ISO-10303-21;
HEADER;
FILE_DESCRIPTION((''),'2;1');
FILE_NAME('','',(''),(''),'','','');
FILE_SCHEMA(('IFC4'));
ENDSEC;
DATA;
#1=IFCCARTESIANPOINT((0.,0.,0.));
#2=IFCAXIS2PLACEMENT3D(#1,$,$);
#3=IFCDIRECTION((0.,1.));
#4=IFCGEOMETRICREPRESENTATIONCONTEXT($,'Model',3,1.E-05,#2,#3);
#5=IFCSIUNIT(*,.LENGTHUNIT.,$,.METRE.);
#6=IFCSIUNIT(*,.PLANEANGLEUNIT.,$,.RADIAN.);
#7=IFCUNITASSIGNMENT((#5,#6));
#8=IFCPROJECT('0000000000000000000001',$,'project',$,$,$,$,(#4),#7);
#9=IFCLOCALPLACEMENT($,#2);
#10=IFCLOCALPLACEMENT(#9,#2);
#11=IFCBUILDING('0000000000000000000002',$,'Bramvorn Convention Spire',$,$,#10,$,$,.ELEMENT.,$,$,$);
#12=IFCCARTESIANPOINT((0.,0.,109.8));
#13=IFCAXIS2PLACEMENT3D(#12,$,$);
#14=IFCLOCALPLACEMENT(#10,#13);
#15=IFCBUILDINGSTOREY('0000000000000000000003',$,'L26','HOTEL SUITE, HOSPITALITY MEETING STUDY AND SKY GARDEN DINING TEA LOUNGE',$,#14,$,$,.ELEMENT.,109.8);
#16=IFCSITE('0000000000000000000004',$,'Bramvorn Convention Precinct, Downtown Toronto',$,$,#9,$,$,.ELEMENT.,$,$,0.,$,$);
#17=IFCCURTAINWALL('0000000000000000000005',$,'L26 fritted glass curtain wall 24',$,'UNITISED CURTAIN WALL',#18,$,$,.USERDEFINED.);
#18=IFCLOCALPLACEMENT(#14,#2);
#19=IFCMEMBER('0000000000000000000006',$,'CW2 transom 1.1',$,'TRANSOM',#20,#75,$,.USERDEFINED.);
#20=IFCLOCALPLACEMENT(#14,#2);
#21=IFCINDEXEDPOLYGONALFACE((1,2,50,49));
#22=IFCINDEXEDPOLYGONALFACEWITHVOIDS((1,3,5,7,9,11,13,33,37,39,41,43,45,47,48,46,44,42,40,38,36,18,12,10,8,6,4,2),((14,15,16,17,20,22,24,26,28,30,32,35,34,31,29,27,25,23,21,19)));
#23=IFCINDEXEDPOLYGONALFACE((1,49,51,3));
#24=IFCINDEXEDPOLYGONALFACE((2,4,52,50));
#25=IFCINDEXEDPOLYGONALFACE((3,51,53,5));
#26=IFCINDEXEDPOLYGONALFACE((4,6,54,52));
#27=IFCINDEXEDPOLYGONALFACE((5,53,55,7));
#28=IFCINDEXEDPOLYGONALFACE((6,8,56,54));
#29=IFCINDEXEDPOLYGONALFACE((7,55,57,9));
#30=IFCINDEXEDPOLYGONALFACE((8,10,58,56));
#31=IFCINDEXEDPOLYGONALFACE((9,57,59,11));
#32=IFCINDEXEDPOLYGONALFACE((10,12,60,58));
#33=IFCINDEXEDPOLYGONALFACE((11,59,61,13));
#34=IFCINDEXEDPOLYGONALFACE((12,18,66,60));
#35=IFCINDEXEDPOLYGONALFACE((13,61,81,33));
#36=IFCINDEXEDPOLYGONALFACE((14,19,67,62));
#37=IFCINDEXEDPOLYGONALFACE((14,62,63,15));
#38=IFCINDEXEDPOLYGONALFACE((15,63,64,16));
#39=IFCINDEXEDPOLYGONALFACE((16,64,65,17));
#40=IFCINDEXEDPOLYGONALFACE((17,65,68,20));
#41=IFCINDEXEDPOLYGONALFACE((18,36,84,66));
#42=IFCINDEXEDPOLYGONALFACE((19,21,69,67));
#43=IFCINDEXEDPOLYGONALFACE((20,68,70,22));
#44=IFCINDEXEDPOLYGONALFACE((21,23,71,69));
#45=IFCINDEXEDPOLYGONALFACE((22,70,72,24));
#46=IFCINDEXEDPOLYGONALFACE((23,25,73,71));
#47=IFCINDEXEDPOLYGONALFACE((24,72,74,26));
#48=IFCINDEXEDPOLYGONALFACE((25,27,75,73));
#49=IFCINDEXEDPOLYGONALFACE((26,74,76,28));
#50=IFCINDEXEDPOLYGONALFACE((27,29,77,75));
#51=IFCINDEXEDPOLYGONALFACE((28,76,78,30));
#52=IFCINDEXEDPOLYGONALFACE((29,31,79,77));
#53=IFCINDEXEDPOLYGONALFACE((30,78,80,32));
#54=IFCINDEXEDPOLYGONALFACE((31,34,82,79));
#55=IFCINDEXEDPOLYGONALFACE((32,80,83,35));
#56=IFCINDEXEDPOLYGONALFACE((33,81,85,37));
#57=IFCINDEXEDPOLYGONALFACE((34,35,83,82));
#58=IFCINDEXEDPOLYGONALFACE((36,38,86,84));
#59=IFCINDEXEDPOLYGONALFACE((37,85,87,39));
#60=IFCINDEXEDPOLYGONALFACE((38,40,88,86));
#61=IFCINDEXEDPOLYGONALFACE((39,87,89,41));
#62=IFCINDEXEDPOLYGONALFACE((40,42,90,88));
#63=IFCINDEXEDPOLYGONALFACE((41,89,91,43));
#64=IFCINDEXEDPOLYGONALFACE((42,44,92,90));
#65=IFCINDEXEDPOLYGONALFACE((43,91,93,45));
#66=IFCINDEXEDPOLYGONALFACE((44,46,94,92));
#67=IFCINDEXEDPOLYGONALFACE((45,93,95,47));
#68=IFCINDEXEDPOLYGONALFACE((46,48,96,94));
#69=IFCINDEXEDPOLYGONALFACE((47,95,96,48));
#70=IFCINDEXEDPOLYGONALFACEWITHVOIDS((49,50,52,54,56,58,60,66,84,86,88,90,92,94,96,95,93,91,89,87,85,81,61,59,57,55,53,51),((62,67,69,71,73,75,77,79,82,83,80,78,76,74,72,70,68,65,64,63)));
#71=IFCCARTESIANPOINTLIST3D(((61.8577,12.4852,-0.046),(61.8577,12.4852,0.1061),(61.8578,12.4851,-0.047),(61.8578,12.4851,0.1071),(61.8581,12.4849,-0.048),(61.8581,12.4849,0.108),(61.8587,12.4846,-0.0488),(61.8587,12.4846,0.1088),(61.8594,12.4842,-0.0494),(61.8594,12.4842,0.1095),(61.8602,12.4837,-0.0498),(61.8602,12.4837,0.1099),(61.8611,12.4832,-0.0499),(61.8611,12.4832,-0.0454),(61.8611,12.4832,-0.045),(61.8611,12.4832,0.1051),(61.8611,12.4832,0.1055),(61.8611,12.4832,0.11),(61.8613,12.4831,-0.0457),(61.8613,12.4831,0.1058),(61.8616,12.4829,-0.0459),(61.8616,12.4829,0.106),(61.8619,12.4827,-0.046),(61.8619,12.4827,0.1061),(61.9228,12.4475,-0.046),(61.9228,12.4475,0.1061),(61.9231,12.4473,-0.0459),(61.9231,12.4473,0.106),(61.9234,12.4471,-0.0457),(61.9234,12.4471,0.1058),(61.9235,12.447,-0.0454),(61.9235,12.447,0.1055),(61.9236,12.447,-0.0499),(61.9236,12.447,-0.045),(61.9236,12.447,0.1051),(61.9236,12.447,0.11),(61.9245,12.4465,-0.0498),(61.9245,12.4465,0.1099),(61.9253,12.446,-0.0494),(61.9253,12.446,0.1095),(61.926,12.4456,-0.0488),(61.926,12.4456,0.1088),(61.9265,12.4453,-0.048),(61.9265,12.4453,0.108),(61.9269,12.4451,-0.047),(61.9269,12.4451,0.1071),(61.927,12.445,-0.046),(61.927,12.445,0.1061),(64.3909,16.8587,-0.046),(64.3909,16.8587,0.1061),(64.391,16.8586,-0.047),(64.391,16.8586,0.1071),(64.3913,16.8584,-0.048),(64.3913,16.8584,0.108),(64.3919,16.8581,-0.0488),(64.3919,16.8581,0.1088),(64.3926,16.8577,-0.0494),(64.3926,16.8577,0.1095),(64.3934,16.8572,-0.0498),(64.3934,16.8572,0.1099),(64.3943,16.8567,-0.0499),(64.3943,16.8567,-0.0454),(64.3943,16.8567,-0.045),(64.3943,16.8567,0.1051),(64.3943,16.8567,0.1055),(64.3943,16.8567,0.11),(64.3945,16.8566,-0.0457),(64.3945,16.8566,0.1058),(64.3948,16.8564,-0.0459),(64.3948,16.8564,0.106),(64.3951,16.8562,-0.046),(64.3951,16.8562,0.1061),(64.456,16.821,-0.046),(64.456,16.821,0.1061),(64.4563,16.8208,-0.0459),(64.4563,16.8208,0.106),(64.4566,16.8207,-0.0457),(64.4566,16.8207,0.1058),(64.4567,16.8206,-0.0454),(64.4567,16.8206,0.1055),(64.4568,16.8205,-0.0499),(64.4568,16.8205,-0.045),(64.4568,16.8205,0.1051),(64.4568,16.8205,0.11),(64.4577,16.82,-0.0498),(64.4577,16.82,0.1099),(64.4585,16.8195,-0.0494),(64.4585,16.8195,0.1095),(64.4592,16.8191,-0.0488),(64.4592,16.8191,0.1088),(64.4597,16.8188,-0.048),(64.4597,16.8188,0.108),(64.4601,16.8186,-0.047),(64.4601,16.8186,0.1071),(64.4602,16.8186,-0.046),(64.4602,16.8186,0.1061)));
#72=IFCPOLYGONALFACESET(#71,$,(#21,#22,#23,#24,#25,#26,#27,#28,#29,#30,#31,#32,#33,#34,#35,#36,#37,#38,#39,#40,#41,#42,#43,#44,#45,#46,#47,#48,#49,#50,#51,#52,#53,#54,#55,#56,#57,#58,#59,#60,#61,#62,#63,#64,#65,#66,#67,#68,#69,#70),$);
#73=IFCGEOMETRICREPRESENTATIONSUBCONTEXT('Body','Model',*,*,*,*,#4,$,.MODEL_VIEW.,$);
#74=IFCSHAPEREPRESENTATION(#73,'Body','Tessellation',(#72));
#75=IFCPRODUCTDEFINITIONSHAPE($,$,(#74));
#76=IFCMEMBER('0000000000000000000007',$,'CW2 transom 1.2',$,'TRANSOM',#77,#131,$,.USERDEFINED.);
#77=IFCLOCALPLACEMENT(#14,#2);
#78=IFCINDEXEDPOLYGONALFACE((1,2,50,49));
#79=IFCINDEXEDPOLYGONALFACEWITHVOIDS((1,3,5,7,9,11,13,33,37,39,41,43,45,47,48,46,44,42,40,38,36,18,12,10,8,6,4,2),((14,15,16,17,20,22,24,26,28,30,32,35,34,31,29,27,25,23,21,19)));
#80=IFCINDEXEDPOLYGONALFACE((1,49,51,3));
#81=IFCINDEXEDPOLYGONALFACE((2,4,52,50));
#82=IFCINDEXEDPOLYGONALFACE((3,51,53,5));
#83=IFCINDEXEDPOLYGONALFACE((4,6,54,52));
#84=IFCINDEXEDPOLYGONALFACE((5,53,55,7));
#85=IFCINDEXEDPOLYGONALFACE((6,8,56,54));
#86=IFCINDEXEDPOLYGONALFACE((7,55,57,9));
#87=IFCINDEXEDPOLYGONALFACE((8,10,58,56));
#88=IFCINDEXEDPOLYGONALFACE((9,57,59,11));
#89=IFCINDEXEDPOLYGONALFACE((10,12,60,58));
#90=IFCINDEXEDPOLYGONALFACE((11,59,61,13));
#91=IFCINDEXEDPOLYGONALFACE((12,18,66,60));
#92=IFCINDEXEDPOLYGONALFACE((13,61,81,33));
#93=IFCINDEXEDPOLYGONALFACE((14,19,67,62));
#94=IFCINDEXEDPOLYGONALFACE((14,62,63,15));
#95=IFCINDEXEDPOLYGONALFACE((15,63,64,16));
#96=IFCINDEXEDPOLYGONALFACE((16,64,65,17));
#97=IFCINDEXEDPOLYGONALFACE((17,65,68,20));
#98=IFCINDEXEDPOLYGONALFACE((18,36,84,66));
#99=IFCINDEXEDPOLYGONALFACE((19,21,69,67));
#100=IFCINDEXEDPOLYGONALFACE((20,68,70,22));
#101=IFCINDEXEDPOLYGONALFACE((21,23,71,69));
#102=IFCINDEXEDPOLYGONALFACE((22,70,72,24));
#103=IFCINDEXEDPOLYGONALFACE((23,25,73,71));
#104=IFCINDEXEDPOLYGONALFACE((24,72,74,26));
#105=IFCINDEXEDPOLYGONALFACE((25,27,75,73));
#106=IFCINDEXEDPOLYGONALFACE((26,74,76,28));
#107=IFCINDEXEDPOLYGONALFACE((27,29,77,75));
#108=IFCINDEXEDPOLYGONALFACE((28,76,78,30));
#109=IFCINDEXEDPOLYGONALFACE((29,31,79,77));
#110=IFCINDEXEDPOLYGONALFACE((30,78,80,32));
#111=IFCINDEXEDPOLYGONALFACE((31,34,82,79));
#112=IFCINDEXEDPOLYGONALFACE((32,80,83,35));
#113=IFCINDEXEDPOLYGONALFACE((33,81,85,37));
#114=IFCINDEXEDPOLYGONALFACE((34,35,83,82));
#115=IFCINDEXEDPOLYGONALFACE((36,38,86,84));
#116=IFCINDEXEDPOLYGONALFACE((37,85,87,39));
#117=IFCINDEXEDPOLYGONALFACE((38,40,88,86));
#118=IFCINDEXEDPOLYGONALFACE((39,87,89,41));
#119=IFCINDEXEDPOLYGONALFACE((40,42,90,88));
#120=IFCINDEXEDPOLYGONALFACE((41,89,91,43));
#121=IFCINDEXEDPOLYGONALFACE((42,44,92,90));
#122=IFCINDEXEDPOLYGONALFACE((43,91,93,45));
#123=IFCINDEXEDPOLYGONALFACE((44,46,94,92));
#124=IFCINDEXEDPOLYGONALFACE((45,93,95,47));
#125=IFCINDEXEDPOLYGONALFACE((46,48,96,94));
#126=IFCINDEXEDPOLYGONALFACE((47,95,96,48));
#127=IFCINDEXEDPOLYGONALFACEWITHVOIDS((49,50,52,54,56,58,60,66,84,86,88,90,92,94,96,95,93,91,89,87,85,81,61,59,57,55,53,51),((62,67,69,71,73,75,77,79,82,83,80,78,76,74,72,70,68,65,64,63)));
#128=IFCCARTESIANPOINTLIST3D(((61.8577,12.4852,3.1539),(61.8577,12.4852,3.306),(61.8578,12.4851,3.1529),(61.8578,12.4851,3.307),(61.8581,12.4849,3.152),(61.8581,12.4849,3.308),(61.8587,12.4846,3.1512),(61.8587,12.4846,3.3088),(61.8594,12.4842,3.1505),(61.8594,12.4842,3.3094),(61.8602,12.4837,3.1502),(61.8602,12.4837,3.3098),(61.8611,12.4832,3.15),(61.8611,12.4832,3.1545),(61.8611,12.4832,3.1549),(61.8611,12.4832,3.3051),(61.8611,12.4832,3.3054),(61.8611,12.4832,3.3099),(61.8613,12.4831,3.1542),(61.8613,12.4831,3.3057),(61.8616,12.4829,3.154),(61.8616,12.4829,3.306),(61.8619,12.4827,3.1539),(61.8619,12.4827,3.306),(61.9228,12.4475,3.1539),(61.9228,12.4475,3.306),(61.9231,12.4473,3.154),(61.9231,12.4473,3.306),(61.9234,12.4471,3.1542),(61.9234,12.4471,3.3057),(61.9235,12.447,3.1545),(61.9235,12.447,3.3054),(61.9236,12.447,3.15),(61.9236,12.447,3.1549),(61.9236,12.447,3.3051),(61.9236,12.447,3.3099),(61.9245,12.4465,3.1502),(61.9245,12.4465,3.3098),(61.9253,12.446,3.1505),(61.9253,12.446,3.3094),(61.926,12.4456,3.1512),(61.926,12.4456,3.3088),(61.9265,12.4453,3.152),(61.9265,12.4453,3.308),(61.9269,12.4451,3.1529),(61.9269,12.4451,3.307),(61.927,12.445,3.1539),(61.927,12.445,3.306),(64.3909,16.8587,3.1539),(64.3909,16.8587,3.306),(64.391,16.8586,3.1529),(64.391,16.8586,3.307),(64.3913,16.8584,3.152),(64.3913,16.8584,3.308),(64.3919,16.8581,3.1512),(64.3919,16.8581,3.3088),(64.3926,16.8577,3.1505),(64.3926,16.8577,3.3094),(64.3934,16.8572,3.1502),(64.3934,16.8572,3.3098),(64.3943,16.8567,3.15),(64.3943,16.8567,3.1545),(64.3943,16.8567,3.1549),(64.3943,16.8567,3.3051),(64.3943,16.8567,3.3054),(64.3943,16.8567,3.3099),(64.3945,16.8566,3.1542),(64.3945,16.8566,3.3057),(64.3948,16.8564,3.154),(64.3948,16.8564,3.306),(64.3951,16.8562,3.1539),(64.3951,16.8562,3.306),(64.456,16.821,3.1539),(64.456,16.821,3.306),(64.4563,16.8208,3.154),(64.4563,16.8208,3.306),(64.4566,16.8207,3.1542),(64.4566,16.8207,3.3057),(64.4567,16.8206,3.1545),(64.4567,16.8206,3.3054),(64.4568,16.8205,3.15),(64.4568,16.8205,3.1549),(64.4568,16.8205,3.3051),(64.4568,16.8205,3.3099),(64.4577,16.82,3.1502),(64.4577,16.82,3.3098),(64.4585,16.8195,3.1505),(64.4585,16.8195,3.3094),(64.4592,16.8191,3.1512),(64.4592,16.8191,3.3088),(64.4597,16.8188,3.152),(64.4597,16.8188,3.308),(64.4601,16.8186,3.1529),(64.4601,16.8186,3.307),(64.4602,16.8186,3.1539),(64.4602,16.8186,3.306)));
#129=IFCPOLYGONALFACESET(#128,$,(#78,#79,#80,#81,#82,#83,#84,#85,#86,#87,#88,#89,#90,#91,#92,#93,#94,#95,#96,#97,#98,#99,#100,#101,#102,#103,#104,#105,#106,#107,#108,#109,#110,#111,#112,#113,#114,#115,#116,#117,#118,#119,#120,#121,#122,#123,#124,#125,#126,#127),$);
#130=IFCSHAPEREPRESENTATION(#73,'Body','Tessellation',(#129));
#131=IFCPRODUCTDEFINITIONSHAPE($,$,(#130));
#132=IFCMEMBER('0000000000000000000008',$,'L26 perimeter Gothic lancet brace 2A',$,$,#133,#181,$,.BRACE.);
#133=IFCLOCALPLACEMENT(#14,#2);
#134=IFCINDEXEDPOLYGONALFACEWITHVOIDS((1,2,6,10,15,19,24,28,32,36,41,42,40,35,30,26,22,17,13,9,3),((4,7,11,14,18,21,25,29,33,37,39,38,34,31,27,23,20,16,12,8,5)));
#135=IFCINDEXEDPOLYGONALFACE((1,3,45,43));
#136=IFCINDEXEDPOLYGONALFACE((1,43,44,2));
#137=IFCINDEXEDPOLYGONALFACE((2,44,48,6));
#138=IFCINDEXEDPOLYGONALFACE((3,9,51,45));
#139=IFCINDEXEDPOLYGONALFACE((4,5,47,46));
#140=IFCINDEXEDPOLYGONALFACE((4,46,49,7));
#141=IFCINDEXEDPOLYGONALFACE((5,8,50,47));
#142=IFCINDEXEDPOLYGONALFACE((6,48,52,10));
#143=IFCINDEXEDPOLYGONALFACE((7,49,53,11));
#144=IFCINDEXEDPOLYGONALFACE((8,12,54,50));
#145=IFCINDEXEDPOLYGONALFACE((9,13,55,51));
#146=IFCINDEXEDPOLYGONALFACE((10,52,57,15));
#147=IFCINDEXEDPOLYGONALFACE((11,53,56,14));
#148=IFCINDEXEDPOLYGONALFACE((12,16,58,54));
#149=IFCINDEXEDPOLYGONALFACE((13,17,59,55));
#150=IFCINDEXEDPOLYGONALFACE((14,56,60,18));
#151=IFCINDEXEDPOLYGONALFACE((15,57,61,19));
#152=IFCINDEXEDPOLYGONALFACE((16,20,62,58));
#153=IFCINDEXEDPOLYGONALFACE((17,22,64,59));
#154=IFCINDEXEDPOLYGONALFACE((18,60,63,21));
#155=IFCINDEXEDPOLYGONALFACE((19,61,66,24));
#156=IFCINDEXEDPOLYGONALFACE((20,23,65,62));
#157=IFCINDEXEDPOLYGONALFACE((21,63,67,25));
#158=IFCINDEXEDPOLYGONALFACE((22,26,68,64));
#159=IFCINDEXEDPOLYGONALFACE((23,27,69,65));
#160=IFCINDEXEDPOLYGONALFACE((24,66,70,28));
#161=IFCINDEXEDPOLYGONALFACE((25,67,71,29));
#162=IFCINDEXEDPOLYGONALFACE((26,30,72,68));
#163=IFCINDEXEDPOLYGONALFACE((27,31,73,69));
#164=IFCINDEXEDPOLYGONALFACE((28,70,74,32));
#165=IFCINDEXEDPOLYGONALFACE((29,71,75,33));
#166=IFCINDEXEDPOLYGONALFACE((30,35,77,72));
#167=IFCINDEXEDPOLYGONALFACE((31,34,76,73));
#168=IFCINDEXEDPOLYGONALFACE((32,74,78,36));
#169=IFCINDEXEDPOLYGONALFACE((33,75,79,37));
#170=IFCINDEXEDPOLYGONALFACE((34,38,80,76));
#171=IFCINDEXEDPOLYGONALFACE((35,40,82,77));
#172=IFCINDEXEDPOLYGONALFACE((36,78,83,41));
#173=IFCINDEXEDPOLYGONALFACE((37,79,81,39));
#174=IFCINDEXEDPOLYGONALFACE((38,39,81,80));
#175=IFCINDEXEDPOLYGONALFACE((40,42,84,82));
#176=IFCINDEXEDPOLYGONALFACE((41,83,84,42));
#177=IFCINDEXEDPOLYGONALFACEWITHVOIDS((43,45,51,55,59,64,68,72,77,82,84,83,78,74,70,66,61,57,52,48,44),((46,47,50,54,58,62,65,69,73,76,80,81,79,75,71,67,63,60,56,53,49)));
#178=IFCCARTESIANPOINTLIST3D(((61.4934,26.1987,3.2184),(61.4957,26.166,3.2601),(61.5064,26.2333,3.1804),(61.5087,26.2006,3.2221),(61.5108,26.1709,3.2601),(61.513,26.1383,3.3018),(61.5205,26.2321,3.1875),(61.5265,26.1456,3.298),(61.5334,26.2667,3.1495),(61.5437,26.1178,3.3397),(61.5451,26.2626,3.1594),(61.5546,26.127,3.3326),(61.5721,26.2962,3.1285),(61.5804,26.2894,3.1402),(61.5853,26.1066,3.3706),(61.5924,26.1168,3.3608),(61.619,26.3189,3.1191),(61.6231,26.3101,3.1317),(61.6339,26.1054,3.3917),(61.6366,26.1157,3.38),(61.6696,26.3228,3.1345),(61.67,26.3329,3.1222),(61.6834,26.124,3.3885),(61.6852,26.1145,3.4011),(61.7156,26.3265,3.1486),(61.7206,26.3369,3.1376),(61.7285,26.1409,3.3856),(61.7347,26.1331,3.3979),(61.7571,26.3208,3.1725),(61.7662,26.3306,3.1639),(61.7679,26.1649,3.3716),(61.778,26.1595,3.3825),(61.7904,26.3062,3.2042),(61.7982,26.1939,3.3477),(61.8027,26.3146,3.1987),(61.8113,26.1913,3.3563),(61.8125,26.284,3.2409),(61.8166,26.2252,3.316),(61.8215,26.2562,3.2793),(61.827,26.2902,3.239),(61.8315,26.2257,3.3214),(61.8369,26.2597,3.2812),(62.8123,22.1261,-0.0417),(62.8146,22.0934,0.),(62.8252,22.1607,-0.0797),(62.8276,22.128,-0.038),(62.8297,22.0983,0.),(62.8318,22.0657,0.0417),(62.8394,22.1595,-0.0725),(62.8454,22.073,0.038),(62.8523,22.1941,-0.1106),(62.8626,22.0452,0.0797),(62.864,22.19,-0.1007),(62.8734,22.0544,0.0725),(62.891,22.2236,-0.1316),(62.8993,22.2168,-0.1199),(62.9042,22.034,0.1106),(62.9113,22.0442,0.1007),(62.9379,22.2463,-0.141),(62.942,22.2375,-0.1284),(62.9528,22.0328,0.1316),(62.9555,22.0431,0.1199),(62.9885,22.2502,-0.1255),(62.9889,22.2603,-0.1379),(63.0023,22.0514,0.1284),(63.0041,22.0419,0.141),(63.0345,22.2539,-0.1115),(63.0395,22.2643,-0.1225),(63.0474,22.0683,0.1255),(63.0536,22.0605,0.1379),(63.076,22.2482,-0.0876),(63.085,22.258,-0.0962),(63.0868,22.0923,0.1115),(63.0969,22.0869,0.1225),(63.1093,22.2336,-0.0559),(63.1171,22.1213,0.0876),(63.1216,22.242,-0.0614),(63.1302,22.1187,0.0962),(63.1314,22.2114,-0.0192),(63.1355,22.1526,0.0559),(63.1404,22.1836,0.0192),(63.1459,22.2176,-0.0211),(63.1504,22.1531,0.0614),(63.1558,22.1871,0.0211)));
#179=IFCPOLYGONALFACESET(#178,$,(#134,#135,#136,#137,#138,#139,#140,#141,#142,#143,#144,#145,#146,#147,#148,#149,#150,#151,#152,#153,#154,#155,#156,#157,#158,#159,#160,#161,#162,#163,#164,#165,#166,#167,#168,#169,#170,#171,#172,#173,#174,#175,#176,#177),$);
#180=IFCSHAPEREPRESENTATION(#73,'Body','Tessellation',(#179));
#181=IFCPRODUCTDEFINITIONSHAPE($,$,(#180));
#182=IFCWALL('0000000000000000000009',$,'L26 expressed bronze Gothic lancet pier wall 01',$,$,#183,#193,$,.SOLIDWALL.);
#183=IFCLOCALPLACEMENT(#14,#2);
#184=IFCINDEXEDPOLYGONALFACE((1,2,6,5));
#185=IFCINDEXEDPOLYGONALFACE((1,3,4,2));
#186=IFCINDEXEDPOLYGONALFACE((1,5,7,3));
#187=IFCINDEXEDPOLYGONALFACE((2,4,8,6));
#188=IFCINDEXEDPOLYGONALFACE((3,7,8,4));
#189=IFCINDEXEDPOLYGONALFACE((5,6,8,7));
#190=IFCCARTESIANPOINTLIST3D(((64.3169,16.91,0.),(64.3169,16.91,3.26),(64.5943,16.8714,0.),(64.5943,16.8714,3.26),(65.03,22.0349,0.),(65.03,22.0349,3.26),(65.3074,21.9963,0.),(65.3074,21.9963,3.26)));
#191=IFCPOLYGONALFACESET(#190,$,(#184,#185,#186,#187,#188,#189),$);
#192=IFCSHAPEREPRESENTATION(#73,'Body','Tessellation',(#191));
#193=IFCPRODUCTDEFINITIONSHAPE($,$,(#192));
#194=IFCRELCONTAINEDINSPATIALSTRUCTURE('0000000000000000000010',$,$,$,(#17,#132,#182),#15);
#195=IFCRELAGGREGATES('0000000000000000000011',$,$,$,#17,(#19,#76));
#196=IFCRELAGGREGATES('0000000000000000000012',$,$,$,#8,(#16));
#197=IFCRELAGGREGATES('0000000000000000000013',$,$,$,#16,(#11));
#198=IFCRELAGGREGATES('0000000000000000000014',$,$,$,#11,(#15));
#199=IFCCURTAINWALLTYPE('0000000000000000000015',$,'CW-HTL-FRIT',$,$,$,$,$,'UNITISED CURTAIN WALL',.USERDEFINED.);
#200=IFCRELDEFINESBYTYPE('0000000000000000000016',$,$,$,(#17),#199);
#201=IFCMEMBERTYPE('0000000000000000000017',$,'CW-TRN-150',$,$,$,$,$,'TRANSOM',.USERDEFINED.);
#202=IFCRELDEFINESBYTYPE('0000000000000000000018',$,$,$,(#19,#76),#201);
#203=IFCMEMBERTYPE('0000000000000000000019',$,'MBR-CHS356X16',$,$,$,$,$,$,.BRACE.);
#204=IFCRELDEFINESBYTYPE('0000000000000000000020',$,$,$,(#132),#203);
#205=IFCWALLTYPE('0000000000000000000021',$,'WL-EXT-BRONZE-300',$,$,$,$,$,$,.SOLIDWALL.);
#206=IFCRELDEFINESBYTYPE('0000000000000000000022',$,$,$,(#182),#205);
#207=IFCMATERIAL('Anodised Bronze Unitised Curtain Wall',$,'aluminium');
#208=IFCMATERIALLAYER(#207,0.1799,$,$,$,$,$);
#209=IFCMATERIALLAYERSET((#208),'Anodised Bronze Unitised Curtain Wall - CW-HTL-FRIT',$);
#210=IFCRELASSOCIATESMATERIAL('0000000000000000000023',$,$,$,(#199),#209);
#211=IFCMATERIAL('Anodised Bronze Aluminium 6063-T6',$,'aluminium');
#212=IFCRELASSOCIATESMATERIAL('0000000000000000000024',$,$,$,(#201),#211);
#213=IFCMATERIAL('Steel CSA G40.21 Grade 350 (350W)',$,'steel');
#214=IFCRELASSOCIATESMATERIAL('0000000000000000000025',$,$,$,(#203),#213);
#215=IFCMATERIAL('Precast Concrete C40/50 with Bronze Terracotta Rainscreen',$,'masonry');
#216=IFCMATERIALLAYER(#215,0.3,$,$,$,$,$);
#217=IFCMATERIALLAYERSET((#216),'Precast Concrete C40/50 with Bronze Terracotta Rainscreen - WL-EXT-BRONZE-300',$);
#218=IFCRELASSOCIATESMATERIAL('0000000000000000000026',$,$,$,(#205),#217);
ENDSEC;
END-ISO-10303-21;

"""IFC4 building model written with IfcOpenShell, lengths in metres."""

from ifc_helpers import new_model, si_unit, direction, frame, frame_2d, origin, origin_2d, place, context, subcontext, project, spatial, rectangle, hollow_rectangle, hollow_circle, extrude, material, layer, layer_set, material_profile, profile_set, type_object, element, aggregate, save


model = new_model("IFC4")

# Units and contexts
model_context = context("Model", 3, precision=1e-05, world=origin(), true_north=direction((0.0, 1.0)))
body_context = subcontext(model_context, "Body", "Model", "MODEL_VIEW")
ifc_project = project(units=[si_unit("LENGTHUNIT", "METRE"), si_unit("PLANEANGLEUNIT", "RADIAN")], contexts=[model_context])

# Site, building, storey
site_placement = place(None, origin())
site = spatial("IfcSite", under=ifc_project, at=site_placement, Name="Bramvorn Convention Precinct, Downtown Toronto", CompositionType="ELEMENT", RefElevation=0.0)
building_placement = place(site_placement, origin())
building = spatial("IfcBuilding", under=site, at=building_placement, Name="Bramvorn Convention Spire", CompositionType="ELEMENT")
storey_placement = place(building_placement, frame((0.0, 0.0, 109.8)))
storey = spatial("IfcBuildingStorey", under=building, at=storey_placement, Name="L26", Description="HOTEL SUITE, HOSPITALITY MEETING STUDY AND SKY GARDEN DINING TEA LOUNGE", CompositionType="ELEMENT", Elevation=109.8)

# Shared definitions
ifc_material_1 = material(Name="Steel CSA G40.21 Grade 350 (350W)", Category="steel")

# Curtain wall, members
ifc_material_2 = material(Name="Anodised Bronze Unitised Curtain Wall", Category="aluminium")
ifc_layer_1 = layer(ifc_material_2, 0.1799)
ifc_layer_set_1 = layer_set([ifc_layer_1], Name="Anodised Bronze Unitised Curtain Wall - CW-HTL-FRIT")
curtain_wall_type = type_object("IfcCurtainWallType", Name="CW-HTL-FRIT", ElementType="UNITISED CURTAIN WALL", PredefinedType="USERDEFINED", material=ifc_layer_set_1)
curtain_wall_placement = place(storey_placement, origin())
curtain_wall = element("IfcCurtainWall", 1, at=curtain_wall_placement, inside=storey, type_object=curtain_wall_type, Name="L26 fritted glass curtain wall 24", ObjectType="UNITISED CURTAIN WALL", PredefinedType="USERDEFINED")
ifc_material_3 = material(Name="Anodised Bronze Aluminium 6063-T6", Category="aluminium")
ifc_material_profile_1 = material_profile(ifc_material_3, hollow_rectangle(XDim=0.0801, YDim=0.1599, WallThickness=0.0039, InnerFilletRadius=0.001, OuterFilletRadius=0.0039, at=origin_2d()))
ifc_profile_set_1 = profile_set([ifc_material_profile_1], Name="Anodised Bronze Aluminium 6063-T6 - CWT80X160")
member_type_1 = type_object("IfcMemberType", Name="CW-TRN-150", ElementType="TRANSOM", PredefinedType="USERDEFINED", material=ifc_profile_set_1)
member_1_placement = place(storey_placement, frame((64.4255, 16.8386, 0.03), z_axis=(-0.501208, -0.865327, 0.0), x_axis=(0.865327, -0.501208, 0.0)))
member_1 = element("IfcMember", 2, at=member_1_placement, type_object=member_type_1, Name="CW2 transom 1.1", ObjectType="TRANSOM", PredefinedType="USERDEFINED", context=body_context, shape_type="SweptSolid", body=[
    extrude(hollow_rectangle(XDim=0.0801, YDim=0.1599, WallThickness=0.0039, InnerFilletRadius=0.001, OuterFilletRadius=0.0039, at=origin_2d()), origin(), (0.0, 0.0, 1.0), 5.0542),
])
member_2_placement = place(storey_placement, frame((64.4255, 16.8386, 3.23), z_axis=(-0.501208, -0.865327, 0.0), x_axis=(0.865327, -0.501208, 0.0)))
member_2 = element("IfcMember", 3, at=member_2_placement, type_object=member_type_1, Name="CW2 transom 1.2", ObjectType="TRANSOM", PredefinedType="USERDEFINED", context=body_context, shape_type="SweptSolid", body=[
    extrude(hollow_rectangle(XDim=0.0801, YDim=0.1599, WallThickness=0.0039, InnerFilletRadius=0.001, OuterFilletRadius=0.0039, at=origin_2d()), origin(), (0.0, 0.0, 1.0), 5.0542),
])
aggregate(curtain_wall, [member_1, member_2])

# Member
ifc_material_profile_2 = material_profile(ifc_material_1, hollow_circle(Radius=0.1777, WallThickness=0.0159, at=origin_2d()))
ifc_profile_set_2 = profile_set([ifc_material_profile_2], Name="Steel CSA G40.21 Grade 350 (350W) - CHS356X16")
member_type_2 = type_object("IfcMemberType", Name="MBR-CHS356X16", PredefinedType="BRACE", material=ifc_profile_set_2)
member_3_placement = place(storey_placement, frame((62.9836, 22.1482, 0.0), z_axis=(-0.245105, 0.756868, 0.605866), x_axis=(-0.951358, -0.308089, 0.0)))
element("IfcMember", 4, at=member_3_placement, inside=storey, type_object=member_type_2, Name="L26 perimeter Gothic lancet brace 2A", PredefinedType="BRACE", context=body_context, shape_type="SweptSolid", body=[
    extrude(hollow_circle(Radius=0.1777, WallThickness=0.0159, at=origin_2d()), origin(), (0.0, 0.0, 1.0), 5.3809),
])

# Wall
ifc_material_4 = material(Name="Precast Concrete C40/50 with Bronze Terracotta Rainscreen", Category="masonry")
ifc_layer_2 = layer(ifc_material_4, 0.3)
ifc_layer_set_2 = layer_set([ifc_layer_2], Name="Precast Concrete C40/50 with Bronze Terracotta Rainscreen - WL-EXT-BRONZE-300")
wall_type_1 = type_object("IfcWallType", Name="WL-EXT-BRONZE-300", PredefinedType="SOLIDWALL", material=ifc_layer_set_2)
wall_1_placement = place(storey_placement, frame((65.1687, 22.0156, 0.0), z_axis=(0.0, 0.0, 1.0), x_axis=(-0.13782, -0.990457, 0.0)))
element("IfcWall", 5, at=wall_1_placement, inside=storey, type_object=wall_type_1, Name="L26 expressed bronze Gothic lancet pier wall 01", PredefinedType="SOLIDWALL", context=body_context, shape_type="SweptSolid", body=[
    extrude(rectangle(XDim=5.1743, YDim=0.28, at=frame_2d((2.5872, 0.0))), origin(), (0.0, 0.0, 1.0), 3.26),
])

save(model, "model.ifc")
